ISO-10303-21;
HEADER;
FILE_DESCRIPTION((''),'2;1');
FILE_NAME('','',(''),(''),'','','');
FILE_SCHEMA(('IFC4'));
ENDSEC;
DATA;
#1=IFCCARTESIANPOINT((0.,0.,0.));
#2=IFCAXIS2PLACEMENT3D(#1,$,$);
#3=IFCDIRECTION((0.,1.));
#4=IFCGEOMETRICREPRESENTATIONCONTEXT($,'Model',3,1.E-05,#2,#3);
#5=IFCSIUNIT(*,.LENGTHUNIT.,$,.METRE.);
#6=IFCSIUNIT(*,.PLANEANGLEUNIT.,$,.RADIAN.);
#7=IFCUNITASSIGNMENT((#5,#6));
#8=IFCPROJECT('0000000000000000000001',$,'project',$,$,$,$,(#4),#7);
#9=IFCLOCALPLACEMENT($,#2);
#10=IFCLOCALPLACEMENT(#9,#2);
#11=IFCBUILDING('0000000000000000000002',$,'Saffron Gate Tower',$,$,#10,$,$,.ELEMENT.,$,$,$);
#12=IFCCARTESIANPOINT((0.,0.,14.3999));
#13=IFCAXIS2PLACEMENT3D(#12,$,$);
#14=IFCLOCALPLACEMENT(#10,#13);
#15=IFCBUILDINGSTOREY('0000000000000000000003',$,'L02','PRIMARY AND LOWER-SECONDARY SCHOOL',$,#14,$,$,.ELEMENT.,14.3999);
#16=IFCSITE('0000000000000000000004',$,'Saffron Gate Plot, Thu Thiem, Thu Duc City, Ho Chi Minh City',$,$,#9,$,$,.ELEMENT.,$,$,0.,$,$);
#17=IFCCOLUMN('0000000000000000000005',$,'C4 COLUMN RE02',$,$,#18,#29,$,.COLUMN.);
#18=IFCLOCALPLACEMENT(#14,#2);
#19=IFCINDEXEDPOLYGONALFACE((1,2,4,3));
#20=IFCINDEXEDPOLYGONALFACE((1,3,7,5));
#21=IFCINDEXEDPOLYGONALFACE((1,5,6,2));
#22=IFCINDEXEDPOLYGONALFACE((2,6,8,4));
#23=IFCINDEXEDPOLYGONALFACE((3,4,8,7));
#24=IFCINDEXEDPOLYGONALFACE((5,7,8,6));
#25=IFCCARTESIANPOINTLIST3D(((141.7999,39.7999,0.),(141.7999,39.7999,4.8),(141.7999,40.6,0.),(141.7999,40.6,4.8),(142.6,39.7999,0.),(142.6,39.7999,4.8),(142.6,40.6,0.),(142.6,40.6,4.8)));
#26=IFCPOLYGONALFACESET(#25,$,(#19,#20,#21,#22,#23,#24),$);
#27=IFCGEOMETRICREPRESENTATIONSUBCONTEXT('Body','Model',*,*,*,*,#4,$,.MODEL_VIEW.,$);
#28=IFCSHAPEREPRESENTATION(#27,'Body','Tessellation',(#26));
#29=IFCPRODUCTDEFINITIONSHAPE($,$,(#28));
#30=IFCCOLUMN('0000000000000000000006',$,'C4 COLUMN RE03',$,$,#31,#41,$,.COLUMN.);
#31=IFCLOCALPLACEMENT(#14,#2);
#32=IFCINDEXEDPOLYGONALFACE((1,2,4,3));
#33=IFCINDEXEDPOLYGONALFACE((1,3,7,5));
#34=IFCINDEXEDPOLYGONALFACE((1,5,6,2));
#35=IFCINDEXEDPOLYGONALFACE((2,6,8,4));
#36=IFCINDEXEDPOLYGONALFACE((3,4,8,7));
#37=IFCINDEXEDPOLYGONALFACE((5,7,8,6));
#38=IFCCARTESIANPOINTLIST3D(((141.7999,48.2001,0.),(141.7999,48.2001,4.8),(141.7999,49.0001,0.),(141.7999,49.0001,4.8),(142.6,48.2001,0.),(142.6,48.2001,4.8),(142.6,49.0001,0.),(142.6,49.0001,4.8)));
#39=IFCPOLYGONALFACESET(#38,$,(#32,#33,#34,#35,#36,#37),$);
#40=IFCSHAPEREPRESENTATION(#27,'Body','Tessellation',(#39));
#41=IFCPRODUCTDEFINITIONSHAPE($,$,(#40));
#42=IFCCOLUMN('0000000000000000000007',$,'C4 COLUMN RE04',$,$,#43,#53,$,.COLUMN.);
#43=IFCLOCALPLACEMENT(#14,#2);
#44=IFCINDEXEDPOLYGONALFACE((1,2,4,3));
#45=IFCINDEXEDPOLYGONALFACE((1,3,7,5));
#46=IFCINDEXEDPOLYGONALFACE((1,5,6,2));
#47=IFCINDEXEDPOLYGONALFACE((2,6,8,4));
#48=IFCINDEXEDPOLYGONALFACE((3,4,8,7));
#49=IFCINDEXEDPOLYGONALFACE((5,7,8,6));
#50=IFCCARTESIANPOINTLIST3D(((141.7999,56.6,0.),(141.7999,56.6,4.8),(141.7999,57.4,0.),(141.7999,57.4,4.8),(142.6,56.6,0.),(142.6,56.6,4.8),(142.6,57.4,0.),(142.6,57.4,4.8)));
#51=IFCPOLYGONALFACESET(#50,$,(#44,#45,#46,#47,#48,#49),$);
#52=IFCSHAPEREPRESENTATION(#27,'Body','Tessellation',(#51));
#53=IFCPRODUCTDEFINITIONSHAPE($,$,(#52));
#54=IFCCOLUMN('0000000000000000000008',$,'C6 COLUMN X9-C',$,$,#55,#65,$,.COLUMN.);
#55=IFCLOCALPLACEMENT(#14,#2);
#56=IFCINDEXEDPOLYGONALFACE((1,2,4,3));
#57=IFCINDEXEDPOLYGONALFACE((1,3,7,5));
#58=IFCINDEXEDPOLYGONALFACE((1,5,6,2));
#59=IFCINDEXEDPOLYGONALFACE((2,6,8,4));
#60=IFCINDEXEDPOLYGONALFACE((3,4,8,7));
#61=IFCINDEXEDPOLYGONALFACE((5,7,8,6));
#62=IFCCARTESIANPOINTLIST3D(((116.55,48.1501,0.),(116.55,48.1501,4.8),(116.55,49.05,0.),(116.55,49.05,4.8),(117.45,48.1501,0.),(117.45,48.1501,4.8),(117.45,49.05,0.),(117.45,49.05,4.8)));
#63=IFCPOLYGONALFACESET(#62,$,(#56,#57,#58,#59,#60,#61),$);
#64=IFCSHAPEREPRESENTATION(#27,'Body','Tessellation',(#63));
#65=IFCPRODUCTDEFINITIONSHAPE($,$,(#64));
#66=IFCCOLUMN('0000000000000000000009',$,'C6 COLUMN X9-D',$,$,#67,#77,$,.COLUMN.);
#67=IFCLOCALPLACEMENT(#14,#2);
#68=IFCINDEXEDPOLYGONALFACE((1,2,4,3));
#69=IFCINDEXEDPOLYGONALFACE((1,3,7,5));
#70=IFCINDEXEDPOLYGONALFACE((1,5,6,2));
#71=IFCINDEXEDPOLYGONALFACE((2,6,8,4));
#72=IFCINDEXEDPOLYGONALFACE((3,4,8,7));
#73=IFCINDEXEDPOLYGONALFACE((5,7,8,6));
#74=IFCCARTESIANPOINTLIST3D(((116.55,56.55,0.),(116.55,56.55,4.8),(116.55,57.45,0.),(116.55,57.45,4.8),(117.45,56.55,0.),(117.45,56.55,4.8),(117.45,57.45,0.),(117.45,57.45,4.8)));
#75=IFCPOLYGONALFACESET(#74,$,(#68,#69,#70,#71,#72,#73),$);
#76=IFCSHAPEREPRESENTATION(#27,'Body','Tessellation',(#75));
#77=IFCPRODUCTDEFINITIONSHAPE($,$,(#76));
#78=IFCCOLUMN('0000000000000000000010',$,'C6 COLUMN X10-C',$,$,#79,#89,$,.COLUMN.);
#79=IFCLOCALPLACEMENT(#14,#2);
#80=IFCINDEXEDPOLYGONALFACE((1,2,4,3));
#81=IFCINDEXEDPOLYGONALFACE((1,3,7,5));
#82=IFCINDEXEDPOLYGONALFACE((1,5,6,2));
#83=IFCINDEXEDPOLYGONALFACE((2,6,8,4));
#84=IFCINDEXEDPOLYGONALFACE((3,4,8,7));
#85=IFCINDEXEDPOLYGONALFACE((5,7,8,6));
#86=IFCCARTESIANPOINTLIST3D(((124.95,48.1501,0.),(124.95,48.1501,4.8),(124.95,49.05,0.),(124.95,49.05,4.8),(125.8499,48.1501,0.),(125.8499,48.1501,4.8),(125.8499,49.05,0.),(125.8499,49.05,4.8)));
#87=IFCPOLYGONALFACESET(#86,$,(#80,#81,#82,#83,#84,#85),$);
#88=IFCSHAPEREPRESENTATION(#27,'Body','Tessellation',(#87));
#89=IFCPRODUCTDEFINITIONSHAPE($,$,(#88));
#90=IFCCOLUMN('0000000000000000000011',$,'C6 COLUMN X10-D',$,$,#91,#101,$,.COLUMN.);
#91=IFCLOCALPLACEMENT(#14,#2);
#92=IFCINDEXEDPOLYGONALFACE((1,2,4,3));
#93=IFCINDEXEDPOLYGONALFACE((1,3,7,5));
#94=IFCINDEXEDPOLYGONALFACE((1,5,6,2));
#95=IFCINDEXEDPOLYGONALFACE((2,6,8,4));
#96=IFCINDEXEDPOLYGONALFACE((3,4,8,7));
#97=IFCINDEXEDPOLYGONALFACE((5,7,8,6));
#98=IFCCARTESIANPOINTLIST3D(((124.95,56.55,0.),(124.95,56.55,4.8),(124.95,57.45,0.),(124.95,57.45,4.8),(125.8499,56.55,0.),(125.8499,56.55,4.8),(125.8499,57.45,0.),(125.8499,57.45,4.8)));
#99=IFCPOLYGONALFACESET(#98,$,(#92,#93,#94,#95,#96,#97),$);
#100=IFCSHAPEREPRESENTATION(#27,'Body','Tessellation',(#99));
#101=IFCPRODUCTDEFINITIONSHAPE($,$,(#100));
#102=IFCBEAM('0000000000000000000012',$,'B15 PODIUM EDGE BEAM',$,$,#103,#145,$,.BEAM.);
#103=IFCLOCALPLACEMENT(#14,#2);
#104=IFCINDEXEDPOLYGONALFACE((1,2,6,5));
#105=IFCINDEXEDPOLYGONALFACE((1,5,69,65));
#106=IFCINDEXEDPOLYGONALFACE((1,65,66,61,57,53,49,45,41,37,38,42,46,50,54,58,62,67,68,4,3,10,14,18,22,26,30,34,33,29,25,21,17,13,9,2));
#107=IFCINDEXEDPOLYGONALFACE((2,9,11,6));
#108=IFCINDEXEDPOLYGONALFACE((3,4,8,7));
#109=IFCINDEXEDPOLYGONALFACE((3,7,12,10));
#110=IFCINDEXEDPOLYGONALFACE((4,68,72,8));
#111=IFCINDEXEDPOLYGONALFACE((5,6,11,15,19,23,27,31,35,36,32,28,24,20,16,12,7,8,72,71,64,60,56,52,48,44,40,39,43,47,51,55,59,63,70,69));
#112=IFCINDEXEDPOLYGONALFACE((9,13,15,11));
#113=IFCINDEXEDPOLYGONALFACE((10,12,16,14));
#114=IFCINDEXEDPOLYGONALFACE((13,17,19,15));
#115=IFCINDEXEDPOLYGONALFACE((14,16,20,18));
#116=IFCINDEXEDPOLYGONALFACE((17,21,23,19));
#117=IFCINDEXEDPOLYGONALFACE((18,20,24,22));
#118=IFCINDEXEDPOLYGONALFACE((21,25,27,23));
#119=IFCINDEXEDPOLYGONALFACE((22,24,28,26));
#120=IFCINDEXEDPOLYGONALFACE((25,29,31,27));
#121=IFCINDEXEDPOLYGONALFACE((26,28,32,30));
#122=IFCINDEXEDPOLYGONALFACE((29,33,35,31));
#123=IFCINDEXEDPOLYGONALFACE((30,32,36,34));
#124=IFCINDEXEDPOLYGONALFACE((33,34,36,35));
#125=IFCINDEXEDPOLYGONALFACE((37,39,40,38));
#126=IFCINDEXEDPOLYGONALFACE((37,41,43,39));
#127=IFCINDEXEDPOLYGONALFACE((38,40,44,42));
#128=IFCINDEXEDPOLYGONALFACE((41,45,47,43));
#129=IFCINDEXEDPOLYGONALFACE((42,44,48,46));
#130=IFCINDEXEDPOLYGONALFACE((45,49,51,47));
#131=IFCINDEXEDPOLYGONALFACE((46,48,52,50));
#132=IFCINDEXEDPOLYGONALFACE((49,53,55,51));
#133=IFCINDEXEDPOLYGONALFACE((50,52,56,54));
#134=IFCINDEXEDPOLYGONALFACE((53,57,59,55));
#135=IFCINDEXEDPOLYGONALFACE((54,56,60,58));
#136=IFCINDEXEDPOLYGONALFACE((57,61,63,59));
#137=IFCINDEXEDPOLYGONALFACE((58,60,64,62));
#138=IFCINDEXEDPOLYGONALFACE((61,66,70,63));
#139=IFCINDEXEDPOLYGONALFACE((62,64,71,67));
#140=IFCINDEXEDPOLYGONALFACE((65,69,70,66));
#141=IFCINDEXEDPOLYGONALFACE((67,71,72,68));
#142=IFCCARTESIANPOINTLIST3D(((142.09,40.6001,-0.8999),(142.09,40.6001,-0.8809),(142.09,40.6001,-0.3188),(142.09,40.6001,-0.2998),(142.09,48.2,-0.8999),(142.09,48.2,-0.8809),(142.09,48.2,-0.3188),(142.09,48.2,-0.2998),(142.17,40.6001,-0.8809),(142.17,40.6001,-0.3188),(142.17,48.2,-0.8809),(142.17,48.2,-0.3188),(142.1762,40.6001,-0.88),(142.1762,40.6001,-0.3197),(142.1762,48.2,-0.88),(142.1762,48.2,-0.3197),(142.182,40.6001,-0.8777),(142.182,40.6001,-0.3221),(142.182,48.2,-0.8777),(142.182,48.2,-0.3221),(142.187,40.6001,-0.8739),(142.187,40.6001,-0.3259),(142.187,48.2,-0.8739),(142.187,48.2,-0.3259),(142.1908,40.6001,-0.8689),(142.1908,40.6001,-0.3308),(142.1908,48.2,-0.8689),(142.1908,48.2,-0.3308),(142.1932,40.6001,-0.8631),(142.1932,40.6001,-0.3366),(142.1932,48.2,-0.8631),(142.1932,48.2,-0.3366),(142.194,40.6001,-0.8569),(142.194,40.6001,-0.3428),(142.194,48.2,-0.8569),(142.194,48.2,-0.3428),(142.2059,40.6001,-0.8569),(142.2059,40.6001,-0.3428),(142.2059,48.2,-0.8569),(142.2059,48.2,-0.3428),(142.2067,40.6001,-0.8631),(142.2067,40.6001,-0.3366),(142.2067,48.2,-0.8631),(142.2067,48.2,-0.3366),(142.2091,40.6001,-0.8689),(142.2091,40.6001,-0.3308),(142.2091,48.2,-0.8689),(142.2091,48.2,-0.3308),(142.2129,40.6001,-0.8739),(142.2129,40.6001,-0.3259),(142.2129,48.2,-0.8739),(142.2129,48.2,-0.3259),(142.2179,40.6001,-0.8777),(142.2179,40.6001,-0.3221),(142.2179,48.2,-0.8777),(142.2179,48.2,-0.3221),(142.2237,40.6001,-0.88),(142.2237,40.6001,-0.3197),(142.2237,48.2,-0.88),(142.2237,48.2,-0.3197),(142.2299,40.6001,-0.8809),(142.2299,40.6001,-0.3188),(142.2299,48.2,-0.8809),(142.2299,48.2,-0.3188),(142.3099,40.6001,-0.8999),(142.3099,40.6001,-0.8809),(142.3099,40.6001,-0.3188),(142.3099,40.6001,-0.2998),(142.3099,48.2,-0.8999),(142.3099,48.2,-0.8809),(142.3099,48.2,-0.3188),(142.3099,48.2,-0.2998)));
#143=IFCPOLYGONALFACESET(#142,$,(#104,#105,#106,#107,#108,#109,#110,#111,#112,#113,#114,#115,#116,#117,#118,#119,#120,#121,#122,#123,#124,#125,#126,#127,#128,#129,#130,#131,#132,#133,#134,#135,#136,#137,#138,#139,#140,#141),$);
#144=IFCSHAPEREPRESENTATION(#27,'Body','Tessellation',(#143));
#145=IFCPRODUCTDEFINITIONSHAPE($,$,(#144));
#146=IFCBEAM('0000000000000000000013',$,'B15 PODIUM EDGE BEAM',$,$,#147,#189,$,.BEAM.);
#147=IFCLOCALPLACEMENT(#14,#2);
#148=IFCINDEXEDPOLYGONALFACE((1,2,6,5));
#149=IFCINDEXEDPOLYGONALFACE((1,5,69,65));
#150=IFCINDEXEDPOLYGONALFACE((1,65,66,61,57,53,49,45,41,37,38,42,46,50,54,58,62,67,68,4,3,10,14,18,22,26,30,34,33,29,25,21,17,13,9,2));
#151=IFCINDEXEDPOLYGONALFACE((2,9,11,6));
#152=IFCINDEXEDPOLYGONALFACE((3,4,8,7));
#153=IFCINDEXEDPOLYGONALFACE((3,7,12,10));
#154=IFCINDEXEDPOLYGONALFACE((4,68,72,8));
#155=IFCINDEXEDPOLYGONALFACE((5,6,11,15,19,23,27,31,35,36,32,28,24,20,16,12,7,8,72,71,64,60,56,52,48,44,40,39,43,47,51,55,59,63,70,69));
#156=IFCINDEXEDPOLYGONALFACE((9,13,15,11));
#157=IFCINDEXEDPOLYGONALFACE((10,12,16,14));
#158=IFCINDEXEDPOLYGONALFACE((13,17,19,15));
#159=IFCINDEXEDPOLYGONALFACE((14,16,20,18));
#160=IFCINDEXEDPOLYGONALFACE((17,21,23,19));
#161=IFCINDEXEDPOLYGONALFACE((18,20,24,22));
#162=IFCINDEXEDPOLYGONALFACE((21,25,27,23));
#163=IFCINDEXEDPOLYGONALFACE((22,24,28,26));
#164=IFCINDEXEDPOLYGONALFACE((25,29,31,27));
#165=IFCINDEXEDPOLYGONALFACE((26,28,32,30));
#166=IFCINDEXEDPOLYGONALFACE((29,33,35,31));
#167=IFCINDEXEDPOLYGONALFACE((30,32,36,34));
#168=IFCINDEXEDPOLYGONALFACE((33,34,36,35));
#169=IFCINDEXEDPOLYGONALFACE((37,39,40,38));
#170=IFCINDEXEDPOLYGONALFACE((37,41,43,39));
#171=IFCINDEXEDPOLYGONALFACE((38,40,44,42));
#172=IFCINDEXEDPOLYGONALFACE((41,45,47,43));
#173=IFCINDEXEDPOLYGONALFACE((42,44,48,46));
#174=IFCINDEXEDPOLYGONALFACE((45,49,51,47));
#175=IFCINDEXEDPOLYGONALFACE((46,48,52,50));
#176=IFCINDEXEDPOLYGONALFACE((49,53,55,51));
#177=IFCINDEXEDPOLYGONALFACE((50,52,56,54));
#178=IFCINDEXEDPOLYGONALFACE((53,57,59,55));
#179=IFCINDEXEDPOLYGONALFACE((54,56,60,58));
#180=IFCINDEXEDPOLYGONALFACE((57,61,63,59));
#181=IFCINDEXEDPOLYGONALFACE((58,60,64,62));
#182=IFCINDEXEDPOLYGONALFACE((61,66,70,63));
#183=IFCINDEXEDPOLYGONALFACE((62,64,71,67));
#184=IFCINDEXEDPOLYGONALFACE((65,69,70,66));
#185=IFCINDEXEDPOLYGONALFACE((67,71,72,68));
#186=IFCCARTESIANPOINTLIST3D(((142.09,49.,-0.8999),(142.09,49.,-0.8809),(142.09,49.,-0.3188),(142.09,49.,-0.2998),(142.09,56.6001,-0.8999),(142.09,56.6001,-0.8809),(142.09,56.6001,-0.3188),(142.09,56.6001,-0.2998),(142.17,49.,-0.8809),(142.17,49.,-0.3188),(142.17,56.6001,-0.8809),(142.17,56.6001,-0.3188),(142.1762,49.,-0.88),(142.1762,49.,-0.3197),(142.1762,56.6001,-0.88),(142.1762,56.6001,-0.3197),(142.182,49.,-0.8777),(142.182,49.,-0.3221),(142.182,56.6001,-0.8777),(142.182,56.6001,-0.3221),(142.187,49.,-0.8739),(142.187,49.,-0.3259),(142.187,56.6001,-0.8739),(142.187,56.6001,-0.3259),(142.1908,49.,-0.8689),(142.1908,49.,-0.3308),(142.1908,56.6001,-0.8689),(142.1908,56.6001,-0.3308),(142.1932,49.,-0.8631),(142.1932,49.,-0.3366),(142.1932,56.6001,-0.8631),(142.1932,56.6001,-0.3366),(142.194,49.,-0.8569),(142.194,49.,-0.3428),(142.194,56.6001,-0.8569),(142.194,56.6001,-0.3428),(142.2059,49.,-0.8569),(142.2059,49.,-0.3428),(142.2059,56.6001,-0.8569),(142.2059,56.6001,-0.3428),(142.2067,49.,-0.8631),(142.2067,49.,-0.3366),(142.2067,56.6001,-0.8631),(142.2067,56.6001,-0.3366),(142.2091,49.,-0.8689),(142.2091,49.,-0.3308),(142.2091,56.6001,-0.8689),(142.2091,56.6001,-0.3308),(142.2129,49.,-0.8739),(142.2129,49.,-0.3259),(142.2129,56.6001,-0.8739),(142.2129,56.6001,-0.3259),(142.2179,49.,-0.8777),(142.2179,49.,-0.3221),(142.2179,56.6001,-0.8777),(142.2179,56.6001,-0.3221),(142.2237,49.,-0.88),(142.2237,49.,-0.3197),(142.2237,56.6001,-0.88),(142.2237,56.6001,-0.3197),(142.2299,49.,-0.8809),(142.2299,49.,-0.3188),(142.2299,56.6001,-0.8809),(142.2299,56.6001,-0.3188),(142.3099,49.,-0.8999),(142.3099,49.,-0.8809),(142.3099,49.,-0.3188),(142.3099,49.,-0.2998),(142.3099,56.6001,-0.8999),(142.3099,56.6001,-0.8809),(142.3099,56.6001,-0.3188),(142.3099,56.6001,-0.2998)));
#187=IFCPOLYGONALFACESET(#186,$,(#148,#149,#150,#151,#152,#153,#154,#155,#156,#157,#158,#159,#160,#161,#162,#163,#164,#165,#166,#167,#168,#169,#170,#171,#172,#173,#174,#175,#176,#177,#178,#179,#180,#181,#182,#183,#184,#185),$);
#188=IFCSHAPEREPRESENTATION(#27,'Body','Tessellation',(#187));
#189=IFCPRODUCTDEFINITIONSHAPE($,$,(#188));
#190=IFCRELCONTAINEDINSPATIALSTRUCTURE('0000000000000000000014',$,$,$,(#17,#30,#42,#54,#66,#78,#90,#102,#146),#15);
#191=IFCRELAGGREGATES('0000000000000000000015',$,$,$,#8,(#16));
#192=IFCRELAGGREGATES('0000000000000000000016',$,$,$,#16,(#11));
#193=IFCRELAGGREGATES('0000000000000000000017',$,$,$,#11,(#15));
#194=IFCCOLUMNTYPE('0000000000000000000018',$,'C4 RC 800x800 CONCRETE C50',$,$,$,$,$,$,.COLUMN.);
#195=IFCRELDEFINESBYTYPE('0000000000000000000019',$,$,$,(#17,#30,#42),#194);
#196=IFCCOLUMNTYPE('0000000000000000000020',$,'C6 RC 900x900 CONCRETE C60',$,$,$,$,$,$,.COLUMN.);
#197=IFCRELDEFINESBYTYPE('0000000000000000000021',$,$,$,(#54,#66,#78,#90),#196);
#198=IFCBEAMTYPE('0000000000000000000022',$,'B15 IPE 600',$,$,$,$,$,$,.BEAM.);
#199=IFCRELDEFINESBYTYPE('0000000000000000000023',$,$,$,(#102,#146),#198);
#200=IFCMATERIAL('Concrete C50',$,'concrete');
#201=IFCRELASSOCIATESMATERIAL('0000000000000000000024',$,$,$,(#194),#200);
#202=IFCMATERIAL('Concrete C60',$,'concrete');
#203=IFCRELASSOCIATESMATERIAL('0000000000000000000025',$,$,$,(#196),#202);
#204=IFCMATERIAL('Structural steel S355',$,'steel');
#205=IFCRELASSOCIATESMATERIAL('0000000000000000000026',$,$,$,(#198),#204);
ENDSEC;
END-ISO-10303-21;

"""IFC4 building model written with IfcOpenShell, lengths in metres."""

from ifc_helpers import new_model, si_unit, direction, frame, origin, origin_2d, place, context, subcontext, project, spatial, rectangle, i_section, extrude, material, material_profile, profile_set, type_object, element, save


model = new_model("IFC4")

# Units and contexts
model_context = context("Model", 3, precision=1e-05, world=origin(), true_north=direction((0.0, 1.0)))
body_context = subcontext(model_context, "Body", "Model", "MODEL_VIEW")
ifc_project = project(units=[si_unit("LENGTHUNIT", "METRE"), si_unit("PLANEANGLEUNIT", "RADIAN")], contexts=[model_context])

# Site, building, storey
site_placement = place(None, origin())
site = spatial("IfcSite", under=ifc_project, at=site_placement, Name="Saffron Gate Plot, Thu Thiem, Thu Duc City, Ho Chi Minh City", CompositionType="ELEMENT", RefElevation=0.0)
building_placement = place(site_placement, origin())
building = spatial("IfcBuilding", under=site, at=building_placement, Name="Saffron Gate Tower", CompositionType="ELEMENT")
storey_placement = place(building_placement, frame((0.0, 0.0, 14.3999)))
storey = spatial("IfcBuildingStorey", under=building, at=storey_placement, Name="L02", Description="PRIMARY AND LOWER-SECONDARY SCHOOL", CompositionType="ELEMENT", Elevation=14.3999)

# Columns
ifc_material_1 = material(Name="Concrete C50", Category="concrete")
ifc_material_profile_1 = material_profile(ifc_material_1, rectangle(XDim=0.8, YDim=0.8, at=origin_2d()))
ifc_profile_set_1 = profile_set([ifc_material_profile_1], Name="Concrete C50")
column_type_1 = type_object("IfcColumnType", Name="C4 RC 800x800 CONCRETE C50", PredefinedType="COLUMN", material=ifc_profile_set_1)
for number, where, z_axis, x_axis, name in (
    (1, (142.2, 40.2, 0.0), (0.0, 0.0, 1.0), (1.0, 0.0, 0.0), "C4 COLUMN RE02"),
    (2, (142.2, 48.6001, 0.0), (0.0, 0.0, 1.0), (1.0, 0.0, 0.0), "C4 COLUMN RE03"),
    (3, (142.2, 57.0, 0.0), (0.0, 0.0, 1.0), (1.0, 0.0, 0.0), "C4 COLUMN RE04"),
):
    element("IfcColumn", number, at=place(storey_placement, frame(where, z_axis=z_axis, x_axis=x_axis)), inside=storey, type_object=column_type_1, Name=name, PredefinedType="COLUMN", context=body_context, shape_type="SweptSolid", body=[
        extrude(rectangle(XDim=0.8, YDim=0.8, at=origin_2d()), origin(), (0.0, 0.0, 1.0), 4.8),
    ])
ifc_material_2 = material(Name="Concrete C60", Category="concrete")
ifc_material_profile_2 = material_profile(ifc_material_2, rectangle(XDim=0.8999, YDim=0.8999, at=origin_2d()))
ifc_profile_set_2 = profile_set([ifc_material_profile_2], Name="Concrete C60")
column_type_2 = type_object("IfcColumnType", Name="C6 RC 900x900 CONCRETE C60", PredefinedType="COLUMN", material=ifc_profile_set_2)
for number, where, z_axis, x_axis, name in (
    (4, (117.0, 48.6001, 0.0), (0.0, 0.0, 1.0), (1.0, 0.0, 0.0), "C6 COLUMN X9-C"),
    (5, (117.0, 57.0, 0.0), (0.0, 0.0, 1.0), (1.0, 0.0, 0.0), "C6 COLUMN X9-D"),
    (6, (125.3999, 48.6001, 0.0), (0.0, 0.0, 1.0), (1.0, 0.0, 0.0), "C6 COLUMN X10-C"),
    (7, (125.3999, 57.0, 0.0), (0.0, 0.0, 1.0), (1.0, 0.0, 0.0), "C6 COLUMN X10-D"),
):
    element("IfcColumn", number, at=place(storey_placement, frame(where, z_axis=z_axis, x_axis=x_axis)), inside=storey, type_object=column_type_2, Name=name, PredefinedType="COLUMN", context=body_context, shape_type="SweptSolid", body=[
        extrude(rectangle(XDim=0.8999, YDim=0.8999, at=origin_2d()), origin(), (0.0, 0.0, 1.0), 4.8),
    ])

# Beams
ifc_material_3 = material(Name="Structural steel S355", Category="steel")
ifc_material_profile_3 = material_profile(ifc_material_3, i_section(OverallWidth=0.22, OverallDepth=0.6001, WebThickness=0.012, FlangeThickness=0.019, FilletRadius=0.0239, at=origin_2d()))
ifc_profile_set_3 = profile_set([ifc_material_profile_3], Name="Structural steel S355")
beam_type_1 = type_object("IfcBeamType", Name="B15 IPE 600", PredefinedType="BEAM", material=ifc_profile_set_3)
beam_1_placement = place(storey_placement, frame((142.2, 40.6001, -0.5999), z_axis=(0.0, 1.0, 0.0), x_axis=(-1.0, 0.0, 0.0)))
element("IfcBeam", 8, at=beam_1_placement, inside=storey, type_object=beam_type_1, Name="B15 PODIUM EDGE BEAM", PredefinedType="BEAM", context=body_context, shape_type="SweptSolid", body=[
    extrude(i_section(OverallWidth=0.22, OverallDepth=0.6001, WebThickness=0.012, FlangeThickness=0.019, FilletRadius=0.0239, at=origin_2d()), origin(), (0.0, 0.0, 1.0), 7.5999),
])
beam_2_placement = place(storey_placement, frame((142.2, 49.0, -0.5999), z_axis=(0.0, 1.0, 0.0), x_axis=(-1.0, 0.0, 0.0)))
element("IfcBeam", 9, at=beam_2_placement, inside=storey, type_object=beam_type_1, Name="B15 PODIUM EDGE BEAM", PredefinedType="BEAM", context=body_context, shape_type="SweptSolid", body=[
    extrude(i_section(OverallWidth=0.22, OverallDepth=0.6001, WebThickness=0.012, FlangeThickness=0.019, FilletRadius=0.0239, at=origin_2d()), origin(), (0.0, 0.0, 1.0), 7.6001),
])

save(model, "model.ifc")
